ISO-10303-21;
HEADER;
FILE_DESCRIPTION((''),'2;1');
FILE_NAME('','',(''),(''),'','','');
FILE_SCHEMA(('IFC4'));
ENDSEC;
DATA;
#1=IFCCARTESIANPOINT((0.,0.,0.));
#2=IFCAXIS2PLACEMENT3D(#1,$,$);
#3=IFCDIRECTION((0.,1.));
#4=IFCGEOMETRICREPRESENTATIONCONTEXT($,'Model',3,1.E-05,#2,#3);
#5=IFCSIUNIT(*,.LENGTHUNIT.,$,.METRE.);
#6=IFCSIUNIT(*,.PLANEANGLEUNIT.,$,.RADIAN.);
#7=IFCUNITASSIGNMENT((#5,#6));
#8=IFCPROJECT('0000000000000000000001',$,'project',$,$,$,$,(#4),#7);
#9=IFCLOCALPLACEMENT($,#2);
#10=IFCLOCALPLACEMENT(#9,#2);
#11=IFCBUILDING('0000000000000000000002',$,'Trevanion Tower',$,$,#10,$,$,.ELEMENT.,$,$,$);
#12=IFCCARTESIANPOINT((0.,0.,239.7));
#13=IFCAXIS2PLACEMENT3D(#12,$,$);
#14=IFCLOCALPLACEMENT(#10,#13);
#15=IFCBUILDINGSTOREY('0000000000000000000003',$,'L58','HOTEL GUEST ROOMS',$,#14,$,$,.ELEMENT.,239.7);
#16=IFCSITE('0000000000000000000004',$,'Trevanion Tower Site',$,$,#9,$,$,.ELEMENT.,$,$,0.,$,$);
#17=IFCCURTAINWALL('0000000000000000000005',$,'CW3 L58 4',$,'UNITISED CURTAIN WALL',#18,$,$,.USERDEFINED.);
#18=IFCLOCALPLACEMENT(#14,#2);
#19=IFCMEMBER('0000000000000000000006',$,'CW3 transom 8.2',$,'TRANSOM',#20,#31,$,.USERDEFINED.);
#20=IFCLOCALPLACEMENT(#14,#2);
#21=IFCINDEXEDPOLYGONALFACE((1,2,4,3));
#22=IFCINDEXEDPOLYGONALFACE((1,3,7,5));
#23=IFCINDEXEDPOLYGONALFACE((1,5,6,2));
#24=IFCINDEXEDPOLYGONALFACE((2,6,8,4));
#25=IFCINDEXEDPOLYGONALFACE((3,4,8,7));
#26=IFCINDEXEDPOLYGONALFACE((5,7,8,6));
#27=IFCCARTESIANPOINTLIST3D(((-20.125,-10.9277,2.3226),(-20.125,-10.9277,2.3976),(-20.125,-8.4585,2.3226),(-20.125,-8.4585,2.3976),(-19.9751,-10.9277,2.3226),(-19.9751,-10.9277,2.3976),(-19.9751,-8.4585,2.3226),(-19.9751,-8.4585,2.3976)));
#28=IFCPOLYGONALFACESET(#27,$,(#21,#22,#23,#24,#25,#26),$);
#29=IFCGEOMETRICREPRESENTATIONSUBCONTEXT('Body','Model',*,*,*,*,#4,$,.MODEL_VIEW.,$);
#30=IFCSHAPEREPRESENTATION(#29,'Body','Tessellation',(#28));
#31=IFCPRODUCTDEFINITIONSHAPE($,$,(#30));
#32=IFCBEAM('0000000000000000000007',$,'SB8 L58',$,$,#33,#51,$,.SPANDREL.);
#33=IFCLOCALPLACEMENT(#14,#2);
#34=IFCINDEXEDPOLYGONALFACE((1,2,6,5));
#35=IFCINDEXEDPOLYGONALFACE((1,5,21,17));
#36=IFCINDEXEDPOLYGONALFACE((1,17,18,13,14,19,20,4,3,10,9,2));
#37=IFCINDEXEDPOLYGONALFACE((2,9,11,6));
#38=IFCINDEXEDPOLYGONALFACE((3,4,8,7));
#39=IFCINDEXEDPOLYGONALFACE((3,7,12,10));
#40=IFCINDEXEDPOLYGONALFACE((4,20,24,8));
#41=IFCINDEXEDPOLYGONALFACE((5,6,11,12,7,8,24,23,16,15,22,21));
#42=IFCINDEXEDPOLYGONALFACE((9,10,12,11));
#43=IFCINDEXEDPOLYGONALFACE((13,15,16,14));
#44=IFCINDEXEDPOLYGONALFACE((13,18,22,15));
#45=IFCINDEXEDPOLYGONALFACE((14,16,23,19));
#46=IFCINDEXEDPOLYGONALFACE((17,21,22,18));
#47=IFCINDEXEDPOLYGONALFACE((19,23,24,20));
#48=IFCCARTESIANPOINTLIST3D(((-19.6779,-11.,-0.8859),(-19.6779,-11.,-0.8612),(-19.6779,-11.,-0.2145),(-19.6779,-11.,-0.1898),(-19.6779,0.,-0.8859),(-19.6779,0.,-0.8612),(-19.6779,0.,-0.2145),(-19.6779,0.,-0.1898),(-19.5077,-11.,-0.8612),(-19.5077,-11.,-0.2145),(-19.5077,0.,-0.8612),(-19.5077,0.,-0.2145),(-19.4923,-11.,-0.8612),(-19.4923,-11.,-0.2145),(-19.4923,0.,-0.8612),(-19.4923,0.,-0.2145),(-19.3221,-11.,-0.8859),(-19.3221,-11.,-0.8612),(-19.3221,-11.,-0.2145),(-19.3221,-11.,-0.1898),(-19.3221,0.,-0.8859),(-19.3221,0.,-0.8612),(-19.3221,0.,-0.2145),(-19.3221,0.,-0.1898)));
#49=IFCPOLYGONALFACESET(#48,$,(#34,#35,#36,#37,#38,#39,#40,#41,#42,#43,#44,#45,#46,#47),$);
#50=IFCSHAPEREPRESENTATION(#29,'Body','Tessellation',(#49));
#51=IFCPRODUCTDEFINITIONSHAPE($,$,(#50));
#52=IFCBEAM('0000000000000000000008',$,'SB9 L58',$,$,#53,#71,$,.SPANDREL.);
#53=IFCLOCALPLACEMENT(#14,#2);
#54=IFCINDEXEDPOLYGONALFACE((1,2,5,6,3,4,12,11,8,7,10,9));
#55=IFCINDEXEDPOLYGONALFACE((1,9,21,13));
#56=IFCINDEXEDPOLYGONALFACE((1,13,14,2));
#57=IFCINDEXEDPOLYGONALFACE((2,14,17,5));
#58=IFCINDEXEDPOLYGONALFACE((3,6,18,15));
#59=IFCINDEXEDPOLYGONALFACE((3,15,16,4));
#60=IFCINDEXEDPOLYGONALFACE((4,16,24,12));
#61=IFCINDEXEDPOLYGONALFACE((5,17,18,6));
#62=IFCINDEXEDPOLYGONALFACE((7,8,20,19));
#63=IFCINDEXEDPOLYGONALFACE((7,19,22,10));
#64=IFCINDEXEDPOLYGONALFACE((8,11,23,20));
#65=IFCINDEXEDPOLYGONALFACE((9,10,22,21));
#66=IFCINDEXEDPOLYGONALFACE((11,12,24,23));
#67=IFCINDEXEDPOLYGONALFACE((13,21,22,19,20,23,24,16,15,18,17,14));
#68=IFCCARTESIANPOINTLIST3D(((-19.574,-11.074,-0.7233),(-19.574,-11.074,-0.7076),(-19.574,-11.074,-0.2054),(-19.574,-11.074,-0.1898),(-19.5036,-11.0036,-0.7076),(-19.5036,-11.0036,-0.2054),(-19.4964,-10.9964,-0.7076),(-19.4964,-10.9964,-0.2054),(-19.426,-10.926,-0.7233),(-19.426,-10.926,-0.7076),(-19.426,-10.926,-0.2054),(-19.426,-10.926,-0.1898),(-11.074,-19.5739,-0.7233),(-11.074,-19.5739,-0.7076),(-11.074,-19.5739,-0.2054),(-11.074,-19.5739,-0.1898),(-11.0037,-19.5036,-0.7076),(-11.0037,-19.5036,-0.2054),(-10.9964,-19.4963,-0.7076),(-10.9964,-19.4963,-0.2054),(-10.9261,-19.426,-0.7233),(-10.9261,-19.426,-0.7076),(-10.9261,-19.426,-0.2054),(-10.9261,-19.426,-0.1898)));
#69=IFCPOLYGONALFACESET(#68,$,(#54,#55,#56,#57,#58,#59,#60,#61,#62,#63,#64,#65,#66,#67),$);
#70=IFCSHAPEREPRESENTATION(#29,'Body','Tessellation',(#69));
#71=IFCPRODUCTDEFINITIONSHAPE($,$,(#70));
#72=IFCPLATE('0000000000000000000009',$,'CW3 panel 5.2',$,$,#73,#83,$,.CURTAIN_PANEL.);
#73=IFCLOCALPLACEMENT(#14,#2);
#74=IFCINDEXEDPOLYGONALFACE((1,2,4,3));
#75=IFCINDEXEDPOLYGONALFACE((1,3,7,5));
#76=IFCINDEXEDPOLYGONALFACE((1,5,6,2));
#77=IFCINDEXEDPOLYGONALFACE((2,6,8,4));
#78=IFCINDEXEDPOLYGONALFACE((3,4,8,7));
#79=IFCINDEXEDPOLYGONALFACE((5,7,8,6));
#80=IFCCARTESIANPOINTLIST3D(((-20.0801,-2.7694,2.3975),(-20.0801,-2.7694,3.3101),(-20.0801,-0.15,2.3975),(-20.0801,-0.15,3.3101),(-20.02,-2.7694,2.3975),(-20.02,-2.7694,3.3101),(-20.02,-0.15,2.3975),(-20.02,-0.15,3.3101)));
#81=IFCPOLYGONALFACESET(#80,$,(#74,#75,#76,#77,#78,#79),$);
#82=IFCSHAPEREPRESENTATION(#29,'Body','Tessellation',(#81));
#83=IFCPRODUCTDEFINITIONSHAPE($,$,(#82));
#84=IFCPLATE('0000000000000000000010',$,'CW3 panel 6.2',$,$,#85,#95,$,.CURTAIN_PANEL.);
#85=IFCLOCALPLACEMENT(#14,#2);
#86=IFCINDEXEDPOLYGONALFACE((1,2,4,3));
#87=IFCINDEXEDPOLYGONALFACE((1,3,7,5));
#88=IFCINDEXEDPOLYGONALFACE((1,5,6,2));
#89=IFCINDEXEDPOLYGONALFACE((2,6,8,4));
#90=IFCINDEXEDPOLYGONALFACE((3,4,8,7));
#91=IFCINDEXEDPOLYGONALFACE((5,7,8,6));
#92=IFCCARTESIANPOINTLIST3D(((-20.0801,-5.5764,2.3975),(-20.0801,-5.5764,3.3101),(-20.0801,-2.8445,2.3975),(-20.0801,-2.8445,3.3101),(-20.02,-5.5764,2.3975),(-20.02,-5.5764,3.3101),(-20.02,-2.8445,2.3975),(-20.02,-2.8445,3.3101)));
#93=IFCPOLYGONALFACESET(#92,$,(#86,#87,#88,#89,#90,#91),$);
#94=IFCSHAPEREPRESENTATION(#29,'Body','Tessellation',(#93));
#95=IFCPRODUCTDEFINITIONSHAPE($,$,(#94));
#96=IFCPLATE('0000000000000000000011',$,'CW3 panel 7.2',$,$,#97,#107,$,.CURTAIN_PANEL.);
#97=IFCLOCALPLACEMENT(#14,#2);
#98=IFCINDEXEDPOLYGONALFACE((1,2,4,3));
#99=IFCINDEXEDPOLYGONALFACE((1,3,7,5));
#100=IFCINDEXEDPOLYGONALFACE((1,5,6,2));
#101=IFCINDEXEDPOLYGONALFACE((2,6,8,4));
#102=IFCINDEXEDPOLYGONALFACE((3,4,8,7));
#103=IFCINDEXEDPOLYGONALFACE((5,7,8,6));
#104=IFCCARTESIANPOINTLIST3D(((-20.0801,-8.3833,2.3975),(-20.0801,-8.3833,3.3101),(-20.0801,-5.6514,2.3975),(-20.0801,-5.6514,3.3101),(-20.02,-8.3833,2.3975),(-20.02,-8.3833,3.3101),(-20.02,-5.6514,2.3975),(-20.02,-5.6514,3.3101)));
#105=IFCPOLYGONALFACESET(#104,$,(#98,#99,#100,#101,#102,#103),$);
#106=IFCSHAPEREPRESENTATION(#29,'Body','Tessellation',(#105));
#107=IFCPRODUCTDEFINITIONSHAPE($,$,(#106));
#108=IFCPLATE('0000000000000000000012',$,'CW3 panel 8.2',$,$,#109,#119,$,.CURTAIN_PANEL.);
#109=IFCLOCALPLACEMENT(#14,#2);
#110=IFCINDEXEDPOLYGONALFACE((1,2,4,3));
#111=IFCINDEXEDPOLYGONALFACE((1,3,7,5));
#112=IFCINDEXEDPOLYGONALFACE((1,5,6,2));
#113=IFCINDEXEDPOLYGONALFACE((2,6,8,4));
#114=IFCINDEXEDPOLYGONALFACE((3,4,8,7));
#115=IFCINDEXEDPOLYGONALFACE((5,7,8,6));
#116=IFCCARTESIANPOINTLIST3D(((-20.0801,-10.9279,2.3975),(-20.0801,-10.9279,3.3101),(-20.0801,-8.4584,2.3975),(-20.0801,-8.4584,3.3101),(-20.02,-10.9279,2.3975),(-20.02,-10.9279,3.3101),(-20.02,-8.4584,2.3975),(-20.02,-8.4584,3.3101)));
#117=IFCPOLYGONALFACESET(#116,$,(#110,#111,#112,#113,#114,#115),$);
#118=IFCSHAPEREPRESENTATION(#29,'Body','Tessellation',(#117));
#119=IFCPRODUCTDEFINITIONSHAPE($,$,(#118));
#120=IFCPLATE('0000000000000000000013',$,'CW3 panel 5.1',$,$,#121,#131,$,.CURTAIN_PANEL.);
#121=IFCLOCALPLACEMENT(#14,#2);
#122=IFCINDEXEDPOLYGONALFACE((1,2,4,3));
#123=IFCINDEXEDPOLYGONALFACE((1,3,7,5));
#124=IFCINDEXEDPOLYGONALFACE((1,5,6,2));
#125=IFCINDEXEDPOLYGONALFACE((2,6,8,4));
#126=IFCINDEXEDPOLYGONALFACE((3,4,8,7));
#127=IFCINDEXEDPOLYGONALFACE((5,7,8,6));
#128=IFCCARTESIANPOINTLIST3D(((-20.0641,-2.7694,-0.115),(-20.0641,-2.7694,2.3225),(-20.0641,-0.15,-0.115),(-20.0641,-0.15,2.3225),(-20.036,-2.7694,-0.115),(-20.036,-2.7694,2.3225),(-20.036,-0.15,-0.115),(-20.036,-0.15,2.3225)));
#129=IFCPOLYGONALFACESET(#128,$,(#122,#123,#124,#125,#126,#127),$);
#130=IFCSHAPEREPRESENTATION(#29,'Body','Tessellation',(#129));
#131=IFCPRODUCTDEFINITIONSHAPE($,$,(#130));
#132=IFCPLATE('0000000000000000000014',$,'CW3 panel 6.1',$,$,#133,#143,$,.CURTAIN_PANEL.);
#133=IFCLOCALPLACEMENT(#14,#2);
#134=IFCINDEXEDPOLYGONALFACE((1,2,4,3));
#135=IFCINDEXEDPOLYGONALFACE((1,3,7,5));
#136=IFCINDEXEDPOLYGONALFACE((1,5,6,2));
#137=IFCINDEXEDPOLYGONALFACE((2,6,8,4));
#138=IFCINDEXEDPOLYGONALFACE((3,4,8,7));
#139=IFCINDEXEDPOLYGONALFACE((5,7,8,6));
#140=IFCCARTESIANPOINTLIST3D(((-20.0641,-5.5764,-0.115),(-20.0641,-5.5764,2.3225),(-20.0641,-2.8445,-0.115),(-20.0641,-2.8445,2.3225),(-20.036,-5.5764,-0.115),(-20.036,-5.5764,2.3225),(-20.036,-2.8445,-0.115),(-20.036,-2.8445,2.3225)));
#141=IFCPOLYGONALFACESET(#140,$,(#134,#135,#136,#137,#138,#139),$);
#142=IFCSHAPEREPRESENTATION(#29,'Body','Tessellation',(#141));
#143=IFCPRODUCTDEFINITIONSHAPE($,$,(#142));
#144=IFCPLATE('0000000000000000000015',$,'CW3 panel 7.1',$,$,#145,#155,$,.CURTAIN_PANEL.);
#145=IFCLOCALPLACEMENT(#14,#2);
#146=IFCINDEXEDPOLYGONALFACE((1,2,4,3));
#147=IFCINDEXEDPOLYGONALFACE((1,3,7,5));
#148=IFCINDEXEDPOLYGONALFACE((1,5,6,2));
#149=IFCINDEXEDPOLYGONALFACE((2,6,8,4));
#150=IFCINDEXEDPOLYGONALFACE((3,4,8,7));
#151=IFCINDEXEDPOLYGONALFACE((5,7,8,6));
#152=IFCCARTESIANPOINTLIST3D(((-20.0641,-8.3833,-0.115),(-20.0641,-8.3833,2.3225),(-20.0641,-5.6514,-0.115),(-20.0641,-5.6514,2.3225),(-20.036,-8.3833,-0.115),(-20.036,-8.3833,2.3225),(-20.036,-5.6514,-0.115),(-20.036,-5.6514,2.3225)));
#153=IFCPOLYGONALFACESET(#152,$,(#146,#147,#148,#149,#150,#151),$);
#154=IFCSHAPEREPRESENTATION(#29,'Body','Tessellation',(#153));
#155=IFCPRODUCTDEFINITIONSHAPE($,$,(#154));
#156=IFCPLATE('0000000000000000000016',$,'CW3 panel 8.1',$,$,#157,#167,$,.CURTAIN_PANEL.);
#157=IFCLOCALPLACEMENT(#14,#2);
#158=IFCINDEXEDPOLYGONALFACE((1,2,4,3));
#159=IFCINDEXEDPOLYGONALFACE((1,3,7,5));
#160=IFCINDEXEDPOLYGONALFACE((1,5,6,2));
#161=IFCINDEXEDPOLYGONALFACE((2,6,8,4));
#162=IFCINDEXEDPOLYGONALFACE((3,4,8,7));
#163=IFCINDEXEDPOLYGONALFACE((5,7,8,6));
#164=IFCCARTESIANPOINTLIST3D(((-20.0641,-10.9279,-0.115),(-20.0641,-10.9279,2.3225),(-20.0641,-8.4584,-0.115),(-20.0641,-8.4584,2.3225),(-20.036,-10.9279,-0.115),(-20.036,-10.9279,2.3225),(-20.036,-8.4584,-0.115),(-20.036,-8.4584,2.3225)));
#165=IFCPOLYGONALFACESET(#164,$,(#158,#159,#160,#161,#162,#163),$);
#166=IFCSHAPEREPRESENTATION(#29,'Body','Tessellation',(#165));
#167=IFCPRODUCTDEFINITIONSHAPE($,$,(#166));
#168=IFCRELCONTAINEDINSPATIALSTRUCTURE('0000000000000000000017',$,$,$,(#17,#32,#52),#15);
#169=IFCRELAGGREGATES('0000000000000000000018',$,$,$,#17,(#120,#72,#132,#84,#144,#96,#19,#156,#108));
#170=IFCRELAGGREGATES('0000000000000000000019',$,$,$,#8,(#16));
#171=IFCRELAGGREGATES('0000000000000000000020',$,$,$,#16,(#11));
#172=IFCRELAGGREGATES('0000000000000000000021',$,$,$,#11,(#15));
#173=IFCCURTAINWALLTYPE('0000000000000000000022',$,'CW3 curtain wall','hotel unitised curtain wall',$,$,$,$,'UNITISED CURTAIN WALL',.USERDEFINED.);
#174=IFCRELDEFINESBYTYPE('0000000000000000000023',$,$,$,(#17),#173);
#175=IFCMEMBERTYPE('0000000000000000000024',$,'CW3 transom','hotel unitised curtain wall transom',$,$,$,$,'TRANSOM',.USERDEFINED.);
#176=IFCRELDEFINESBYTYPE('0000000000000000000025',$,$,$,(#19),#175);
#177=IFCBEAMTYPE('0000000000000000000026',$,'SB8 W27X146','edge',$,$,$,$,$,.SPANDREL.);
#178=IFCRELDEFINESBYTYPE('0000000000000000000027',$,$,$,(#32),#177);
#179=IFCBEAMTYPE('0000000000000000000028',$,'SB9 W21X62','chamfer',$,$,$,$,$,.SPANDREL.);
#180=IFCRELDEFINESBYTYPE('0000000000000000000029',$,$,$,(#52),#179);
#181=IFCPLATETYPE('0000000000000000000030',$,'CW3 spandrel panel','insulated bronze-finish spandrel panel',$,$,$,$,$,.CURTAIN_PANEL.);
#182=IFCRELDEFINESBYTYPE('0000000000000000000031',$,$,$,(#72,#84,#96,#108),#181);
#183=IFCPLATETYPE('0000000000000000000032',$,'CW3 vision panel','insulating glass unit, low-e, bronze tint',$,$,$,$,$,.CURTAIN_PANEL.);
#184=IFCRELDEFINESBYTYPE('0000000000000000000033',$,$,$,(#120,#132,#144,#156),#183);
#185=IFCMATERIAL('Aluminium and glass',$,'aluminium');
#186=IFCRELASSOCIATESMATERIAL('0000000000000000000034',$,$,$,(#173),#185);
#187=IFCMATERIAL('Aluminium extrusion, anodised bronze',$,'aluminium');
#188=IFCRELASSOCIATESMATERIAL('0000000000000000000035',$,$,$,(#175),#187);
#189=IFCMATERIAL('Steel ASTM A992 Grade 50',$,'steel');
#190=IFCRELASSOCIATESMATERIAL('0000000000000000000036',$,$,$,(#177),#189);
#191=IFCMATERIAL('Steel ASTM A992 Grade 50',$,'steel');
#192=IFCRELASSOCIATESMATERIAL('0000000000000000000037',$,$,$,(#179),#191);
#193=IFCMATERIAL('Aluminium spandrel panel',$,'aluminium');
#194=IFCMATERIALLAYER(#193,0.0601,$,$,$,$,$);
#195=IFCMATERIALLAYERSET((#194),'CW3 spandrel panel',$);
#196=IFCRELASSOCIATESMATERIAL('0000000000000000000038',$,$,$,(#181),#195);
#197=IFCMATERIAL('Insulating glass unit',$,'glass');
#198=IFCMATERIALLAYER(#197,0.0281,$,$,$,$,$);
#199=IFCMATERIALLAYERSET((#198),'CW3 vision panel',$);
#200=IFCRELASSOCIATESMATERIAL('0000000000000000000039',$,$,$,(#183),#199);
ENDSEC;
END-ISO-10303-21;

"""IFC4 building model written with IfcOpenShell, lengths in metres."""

from ifc_helpers import new_model, si_unit, direction, frame, origin, origin_2d, place, context, subcontext, project, spatial, rectangle, i_section, extrude, material, layer, layer_set, material_profile, profile_set, type_object, element, aggregate, save


model = new_model("IFC4")

# Units and contexts
model_context = context("Model", 3, precision=1e-05, world=origin(), true_north=direction((0.0, 1.0)))
body_context = subcontext(model_context, "Body", "Model", "MODEL_VIEW")
ifc_project = project(units=[si_unit("LENGTHUNIT", "METRE"), si_unit("PLANEANGLEUNIT", "RADIAN")], contexts=[model_context])

# Site, building, storey
site_placement = place(None, origin())
site = spatial("IfcSite", under=ifc_project, at=site_placement, Name="Trevanion Tower Site", CompositionType="ELEMENT", RefElevation=0.0)
building_placement = place(site_placement, origin())
building = spatial("IfcBuilding", under=site, at=building_placement, Name="Trevanion Tower", CompositionType="ELEMENT")
storey_placement = place(building_placement, frame((0.0, 0.0, 239.7)))
storey = spatial("IfcBuildingStorey", under=building, at=storey_placement, Name="L58", Description="HOTEL GUEST ROOMS", CompositionType="ELEMENT", Elevation=239.7)

# Curtain wall, member
ifc_material_1 = material(Name="Aluminium and glass", Category="aluminium")
curtain_wall_type = type_object("IfcCurtainWallType", Name="CW3 curtain wall", Description="hotel unitised curtain wall", ElementType="UNITISED CURTAIN WALL", PredefinedType="USERDEFINED", material=ifc_material_1)
curtain_wall_placement = place(storey_placement, origin())
curtain_wall = element("IfcCurtainWall", 1, at=curtain_wall_placement, inside=storey, type_object=curtain_wall_type, Name="CW3 L58 4", ObjectType="UNITISED CURTAIN WALL", PredefinedType="USERDEFINED")
ifc_material_2 = material(Name="Aluminium extrusion, anodised bronze", Category="aluminium")
ifc_material_profile_1 = material_profile(ifc_material_2, rectangle(XDim=0.1499, YDim=0.075, at=origin_2d()), Name="CW3 transom")
ifc_profile_set_1 = profile_set([ifc_material_profile_1], Name="Aluminium extrusion, anodised bronze")
member_type_1 = type_object("IfcMemberType", Name="CW3 transom", Description="hotel unitised curtain wall transom", ElementType="TRANSOM", PredefinedType="USERDEFINED", material=ifc_profile_set_1)
member_1_placement = place(storey_placement, frame((-20.05, -8.4585, 2.3601), z_axis=(0.0, -1.0, 0.0), x_axis=(1.0, 0.0, 0.0)))
member_1 = element("IfcMember", 2, at=member_1_placement, type_object=member_type_1, Name="CW3 transom 8.2", ObjectType="TRANSOM", PredefinedType="USERDEFINED", context=body_context, shape_type="SweptSolid", body=[
    extrude(rectangle(XDim=0.1499, YDim=0.075, at=origin_2d()), origin(), (0.0, 0.0, 1.0), 2.4692),
])

# Beams
ifc_material_3 = material(Name="Steel ASTM A992 Grade 50", Category="steel")
ifc_material_profile_2 = material_profile(ifc_material_3, i_section(OverallWidth=0.3557, OverallDepth=0.696, WebThickness=0.0154, FlangeThickness=0.0247, at=origin_2d()), Name="W27X146")
ifc_profile_set_2 = profile_set([ifc_material_profile_2], Name="Steel ASTM A992 Grade 50")
beam_type_1 = type_object("IfcBeamType", Name="SB8 W27X146", Description="edge", PredefinedType="SPANDREL", material=ifc_profile_set_2)
beam_1_placement = place(storey_placement, frame((-19.5, 0.0, -0.5378), z_axis=(0.0, -1.0, 0.0), x_axis=(1.0, 0.0, 0.0)))
element("IfcBeam", 3, at=beam_1_placement, inside=storey, type_object=beam_type_1, Name="SB8 L58", PredefinedType="SPANDREL", context=body_context, shape_type="SweptSolid", body=[
    extrude(i_section(OverallWidth=0.3557, OverallDepth=0.696, WebThickness=0.0154, FlangeThickness=0.0247, at=origin_2d()), origin(), (0.0, 0.0, 1.0), 11.0),
])
ifc_material_4 = material(Name="Steel ASTM A992 Grade 50", Category="steel")
ifc_material_profile_3 = material_profile(ifc_material_4, i_section(OverallWidth=0.2092, OverallDepth=0.5334, WebThickness=0.0103, FlangeThickness=0.0156, at=origin_2d()), Name="W21X62")
ifc_profile_set_3 = profile_set([ifc_material_profile_3], Name="Steel ASTM A992 Grade 50")
beam_type_2 = type_object("IfcBeamType", Name="SB9 W21X62", Description="chamfer", PredefinedType="SPANDREL", material=ifc_profile_set_3)
beam_2_placement = place(storey_placement, frame((-19.5, -11.0, -0.4565), z_axis=(0.707107, -0.707107, 0.0), x_axis=(0.707107, 0.707107, 0.0)))
element("IfcBeam", 4, at=beam_2_placement, inside=storey, type_object=beam_type_2, Name="SB9 L58", PredefinedType="SPANDREL", context=body_context, shape_type="SweptSolid", body=[
    extrude(i_section(OverallWidth=0.2092, OverallDepth=0.5334, WebThickness=0.0103, FlangeThickness=0.0156, at=origin_2d()), origin(), (0.0, 0.0, 1.0), 12.0208),
])

# Plates
ifc_material_5 = material(Name="Aluminium spandrel panel", Category="aluminium")
ifc_layer_1 = layer(ifc_material_5, 0.0601)
ifc_layer_set_1 = layer_set([ifc_layer_1], Name="CW3 spandrel panel")
plate_type_1 = type_object("IfcPlateType", Name="CW3 spandrel panel", Description="insulated bronze-finish spandrel panel", PredefinedType="CURTAIN_PANEL", material=ifc_layer_set_1)
plate_1_placement = place(storey_placement, frame((-20.05, -1.4597, 2.3975), z_axis=(0.0, 0.0, 1.0), x_axis=(0.0, -1.0, 0.0)))
plate_1 = element("IfcPlate", 5, at=plate_1_placement, type_object=plate_type_1, Name="CW3 panel 5.2", PredefinedType="CURTAIN_PANEL", context=body_context, shape_type="SweptSolid", body=[
    extrude(rectangle(XDim=2.6194, YDim=0.0601, at=origin_2d()), origin(), (0.0, 0.0, 1.0), 0.9126),
])
plate_2_placement = place(storey_placement, frame((-20.05, -4.2104, 2.3975), z_axis=(0.0, 0.0, 1.0), x_axis=(0.0, -1.0, 0.0)))
plate_2 = element("IfcPlate", 6, at=plate_2_placement, type_object=plate_type_1, Name="CW3 panel 6.2", PredefinedType="CURTAIN_PANEL", context=body_context, shape_type="SweptSolid", body=[
    extrude(rectangle(XDim=2.7319, YDim=0.0601, at=origin_2d()), origin(), (0.0, 0.0, 1.0), 0.9126),
])
plate_3_placement = place(storey_placement, frame((-20.05, -7.0173, 2.3975), z_axis=(0.0, 0.0, 1.0), x_axis=(0.0, -1.0, 0.0)))
plate_3 = element("IfcPlate", 7, at=plate_3_placement, type_object=plate_type_1, Name="CW3 panel 7.2", PredefinedType="CURTAIN_PANEL", context=body_context, shape_type="SweptSolid", body=[
    extrude(rectangle(XDim=2.7319, YDim=0.0601, at=origin_2d()), origin(), (0.0, 0.0, 1.0), 0.9126),
])
plate_4_placement = place(storey_placement, frame((-20.05, -9.6931, 2.3975), z_axis=(0.0, 0.0, 1.0), x_axis=(0.0, -1.0, 0.0)))
plate_4 = element("IfcPlate", 8, at=plate_4_placement, type_object=plate_type_1, Name="CW3 panel 8.2", PredefinedType="CURTAIN_PANEL", context=body_context, shape_type="SweptSolid", body=[
    extrude(rectangle(XDim=2.4695, YDim=0.0601, at=origin_2d()), origin(), (0.0, 0.0, 1.0), 0.9126),
])
ifc_material_6 = material(Name="Insulating glass unit", Category="glass")
ifc_layer_2 = layer(ifc_material_6, 0.0281)
ifc_layer_set_2 = layer_set([ifc_layer_2], Name="CW3 vision panel")
plate_type_2 = type_object("IfcPlateType", Name="CW3 vision panel", Description="insulating glass unit, low-e, bronze tint", PredefinedType="CURTAIN_PANEL", material=ifc_layer_set_2)
plate_5_placement = place(storey_placement, frame((-20.05, -1.4597, -0.115), z_axis=(0.0, 0.0, 1.0), x_axis=(0.0, -1.0, 0.0)))
plate_5 = element("IfcPlate", 9, at=plate_5_placement, type_object=plate_type_2, Name="CW3 panel 5.1", PredefinedType="CURTAIN_PANEL", context=body_context, shape_type="SweptSolid", body=[
    extrude(rectangle(XDim=2.6194, YDim=0.0281, at=origin_2d()), origin(), (0.0, 0.0, 1.0), 2.4375),
])
plate_6_placement = place(storey_placement, frame((-20.05, -4.2104, -0.115), z_axis=(0.0, 0.0, 1.0), x_axis=(0.0, -1.0, 0.0)))
plate_6 = element("IfcPlate", 10, at=plate_6_placement, type_object=plate_type_2, Name="CW3 panel 6.1", PredefinedType="CURTAIN_PANEL", context=body_context, shape_type="SweptSolid", body=[
    extrude(rectangle(XDim=2.7319, YDim=0.0281, at=origin_2d()), origin(), (0.0, 0.0, 1.0), 2.4375),
])
plate_7_placement = place(storey_placement, frame((-20.05, -7.0173, -0.115), z_axis=(0.0, 0.0, 1.0), x_axis=(0.0, -1.0, 0.0)))
plate_7 = element("IfcPlate", 11, at=plate_7_placement, type_object=plate_type_2, Name="CW3 panel 7.1", PredefinedType="CURTAIN_PANEL", context=body_context, shape_type="SweptSolid", body=[
    extrude(rectangle(XDim=2.7319, YDim=0.0281, at=origin_2d()), origin(), (0.0, 0.0, 1.0), 2.4375),
])
plate_8_placement = place(storey_placement, frame((-20.05, -9.6931, -0.115), z_axis=(0.0, 0.0, 1.0), x_axis=(0.0, -1.0, 0.0)))
plate_8 = element("IfcPlate", 12, at=plate_8_placement, type_object=plate_type_2, Name="CW3 panel 8.1", PredefinedType="CURTAIN_PANEL", context=body_context, shape_type="SweptSolid", body=[
    extrude(rectangle(XDim=2.4695, YDim=0.0281, at=origin_2d()), origin(), (0.0, 0.0, 1.0), 2.4375),
])
aggregate(curtain_wall, [plate_5, plate_1, plate_6, plate_2, plate_7, plate_3, member_1, plate_8, plate_4])

save(model, "model.ifc")
